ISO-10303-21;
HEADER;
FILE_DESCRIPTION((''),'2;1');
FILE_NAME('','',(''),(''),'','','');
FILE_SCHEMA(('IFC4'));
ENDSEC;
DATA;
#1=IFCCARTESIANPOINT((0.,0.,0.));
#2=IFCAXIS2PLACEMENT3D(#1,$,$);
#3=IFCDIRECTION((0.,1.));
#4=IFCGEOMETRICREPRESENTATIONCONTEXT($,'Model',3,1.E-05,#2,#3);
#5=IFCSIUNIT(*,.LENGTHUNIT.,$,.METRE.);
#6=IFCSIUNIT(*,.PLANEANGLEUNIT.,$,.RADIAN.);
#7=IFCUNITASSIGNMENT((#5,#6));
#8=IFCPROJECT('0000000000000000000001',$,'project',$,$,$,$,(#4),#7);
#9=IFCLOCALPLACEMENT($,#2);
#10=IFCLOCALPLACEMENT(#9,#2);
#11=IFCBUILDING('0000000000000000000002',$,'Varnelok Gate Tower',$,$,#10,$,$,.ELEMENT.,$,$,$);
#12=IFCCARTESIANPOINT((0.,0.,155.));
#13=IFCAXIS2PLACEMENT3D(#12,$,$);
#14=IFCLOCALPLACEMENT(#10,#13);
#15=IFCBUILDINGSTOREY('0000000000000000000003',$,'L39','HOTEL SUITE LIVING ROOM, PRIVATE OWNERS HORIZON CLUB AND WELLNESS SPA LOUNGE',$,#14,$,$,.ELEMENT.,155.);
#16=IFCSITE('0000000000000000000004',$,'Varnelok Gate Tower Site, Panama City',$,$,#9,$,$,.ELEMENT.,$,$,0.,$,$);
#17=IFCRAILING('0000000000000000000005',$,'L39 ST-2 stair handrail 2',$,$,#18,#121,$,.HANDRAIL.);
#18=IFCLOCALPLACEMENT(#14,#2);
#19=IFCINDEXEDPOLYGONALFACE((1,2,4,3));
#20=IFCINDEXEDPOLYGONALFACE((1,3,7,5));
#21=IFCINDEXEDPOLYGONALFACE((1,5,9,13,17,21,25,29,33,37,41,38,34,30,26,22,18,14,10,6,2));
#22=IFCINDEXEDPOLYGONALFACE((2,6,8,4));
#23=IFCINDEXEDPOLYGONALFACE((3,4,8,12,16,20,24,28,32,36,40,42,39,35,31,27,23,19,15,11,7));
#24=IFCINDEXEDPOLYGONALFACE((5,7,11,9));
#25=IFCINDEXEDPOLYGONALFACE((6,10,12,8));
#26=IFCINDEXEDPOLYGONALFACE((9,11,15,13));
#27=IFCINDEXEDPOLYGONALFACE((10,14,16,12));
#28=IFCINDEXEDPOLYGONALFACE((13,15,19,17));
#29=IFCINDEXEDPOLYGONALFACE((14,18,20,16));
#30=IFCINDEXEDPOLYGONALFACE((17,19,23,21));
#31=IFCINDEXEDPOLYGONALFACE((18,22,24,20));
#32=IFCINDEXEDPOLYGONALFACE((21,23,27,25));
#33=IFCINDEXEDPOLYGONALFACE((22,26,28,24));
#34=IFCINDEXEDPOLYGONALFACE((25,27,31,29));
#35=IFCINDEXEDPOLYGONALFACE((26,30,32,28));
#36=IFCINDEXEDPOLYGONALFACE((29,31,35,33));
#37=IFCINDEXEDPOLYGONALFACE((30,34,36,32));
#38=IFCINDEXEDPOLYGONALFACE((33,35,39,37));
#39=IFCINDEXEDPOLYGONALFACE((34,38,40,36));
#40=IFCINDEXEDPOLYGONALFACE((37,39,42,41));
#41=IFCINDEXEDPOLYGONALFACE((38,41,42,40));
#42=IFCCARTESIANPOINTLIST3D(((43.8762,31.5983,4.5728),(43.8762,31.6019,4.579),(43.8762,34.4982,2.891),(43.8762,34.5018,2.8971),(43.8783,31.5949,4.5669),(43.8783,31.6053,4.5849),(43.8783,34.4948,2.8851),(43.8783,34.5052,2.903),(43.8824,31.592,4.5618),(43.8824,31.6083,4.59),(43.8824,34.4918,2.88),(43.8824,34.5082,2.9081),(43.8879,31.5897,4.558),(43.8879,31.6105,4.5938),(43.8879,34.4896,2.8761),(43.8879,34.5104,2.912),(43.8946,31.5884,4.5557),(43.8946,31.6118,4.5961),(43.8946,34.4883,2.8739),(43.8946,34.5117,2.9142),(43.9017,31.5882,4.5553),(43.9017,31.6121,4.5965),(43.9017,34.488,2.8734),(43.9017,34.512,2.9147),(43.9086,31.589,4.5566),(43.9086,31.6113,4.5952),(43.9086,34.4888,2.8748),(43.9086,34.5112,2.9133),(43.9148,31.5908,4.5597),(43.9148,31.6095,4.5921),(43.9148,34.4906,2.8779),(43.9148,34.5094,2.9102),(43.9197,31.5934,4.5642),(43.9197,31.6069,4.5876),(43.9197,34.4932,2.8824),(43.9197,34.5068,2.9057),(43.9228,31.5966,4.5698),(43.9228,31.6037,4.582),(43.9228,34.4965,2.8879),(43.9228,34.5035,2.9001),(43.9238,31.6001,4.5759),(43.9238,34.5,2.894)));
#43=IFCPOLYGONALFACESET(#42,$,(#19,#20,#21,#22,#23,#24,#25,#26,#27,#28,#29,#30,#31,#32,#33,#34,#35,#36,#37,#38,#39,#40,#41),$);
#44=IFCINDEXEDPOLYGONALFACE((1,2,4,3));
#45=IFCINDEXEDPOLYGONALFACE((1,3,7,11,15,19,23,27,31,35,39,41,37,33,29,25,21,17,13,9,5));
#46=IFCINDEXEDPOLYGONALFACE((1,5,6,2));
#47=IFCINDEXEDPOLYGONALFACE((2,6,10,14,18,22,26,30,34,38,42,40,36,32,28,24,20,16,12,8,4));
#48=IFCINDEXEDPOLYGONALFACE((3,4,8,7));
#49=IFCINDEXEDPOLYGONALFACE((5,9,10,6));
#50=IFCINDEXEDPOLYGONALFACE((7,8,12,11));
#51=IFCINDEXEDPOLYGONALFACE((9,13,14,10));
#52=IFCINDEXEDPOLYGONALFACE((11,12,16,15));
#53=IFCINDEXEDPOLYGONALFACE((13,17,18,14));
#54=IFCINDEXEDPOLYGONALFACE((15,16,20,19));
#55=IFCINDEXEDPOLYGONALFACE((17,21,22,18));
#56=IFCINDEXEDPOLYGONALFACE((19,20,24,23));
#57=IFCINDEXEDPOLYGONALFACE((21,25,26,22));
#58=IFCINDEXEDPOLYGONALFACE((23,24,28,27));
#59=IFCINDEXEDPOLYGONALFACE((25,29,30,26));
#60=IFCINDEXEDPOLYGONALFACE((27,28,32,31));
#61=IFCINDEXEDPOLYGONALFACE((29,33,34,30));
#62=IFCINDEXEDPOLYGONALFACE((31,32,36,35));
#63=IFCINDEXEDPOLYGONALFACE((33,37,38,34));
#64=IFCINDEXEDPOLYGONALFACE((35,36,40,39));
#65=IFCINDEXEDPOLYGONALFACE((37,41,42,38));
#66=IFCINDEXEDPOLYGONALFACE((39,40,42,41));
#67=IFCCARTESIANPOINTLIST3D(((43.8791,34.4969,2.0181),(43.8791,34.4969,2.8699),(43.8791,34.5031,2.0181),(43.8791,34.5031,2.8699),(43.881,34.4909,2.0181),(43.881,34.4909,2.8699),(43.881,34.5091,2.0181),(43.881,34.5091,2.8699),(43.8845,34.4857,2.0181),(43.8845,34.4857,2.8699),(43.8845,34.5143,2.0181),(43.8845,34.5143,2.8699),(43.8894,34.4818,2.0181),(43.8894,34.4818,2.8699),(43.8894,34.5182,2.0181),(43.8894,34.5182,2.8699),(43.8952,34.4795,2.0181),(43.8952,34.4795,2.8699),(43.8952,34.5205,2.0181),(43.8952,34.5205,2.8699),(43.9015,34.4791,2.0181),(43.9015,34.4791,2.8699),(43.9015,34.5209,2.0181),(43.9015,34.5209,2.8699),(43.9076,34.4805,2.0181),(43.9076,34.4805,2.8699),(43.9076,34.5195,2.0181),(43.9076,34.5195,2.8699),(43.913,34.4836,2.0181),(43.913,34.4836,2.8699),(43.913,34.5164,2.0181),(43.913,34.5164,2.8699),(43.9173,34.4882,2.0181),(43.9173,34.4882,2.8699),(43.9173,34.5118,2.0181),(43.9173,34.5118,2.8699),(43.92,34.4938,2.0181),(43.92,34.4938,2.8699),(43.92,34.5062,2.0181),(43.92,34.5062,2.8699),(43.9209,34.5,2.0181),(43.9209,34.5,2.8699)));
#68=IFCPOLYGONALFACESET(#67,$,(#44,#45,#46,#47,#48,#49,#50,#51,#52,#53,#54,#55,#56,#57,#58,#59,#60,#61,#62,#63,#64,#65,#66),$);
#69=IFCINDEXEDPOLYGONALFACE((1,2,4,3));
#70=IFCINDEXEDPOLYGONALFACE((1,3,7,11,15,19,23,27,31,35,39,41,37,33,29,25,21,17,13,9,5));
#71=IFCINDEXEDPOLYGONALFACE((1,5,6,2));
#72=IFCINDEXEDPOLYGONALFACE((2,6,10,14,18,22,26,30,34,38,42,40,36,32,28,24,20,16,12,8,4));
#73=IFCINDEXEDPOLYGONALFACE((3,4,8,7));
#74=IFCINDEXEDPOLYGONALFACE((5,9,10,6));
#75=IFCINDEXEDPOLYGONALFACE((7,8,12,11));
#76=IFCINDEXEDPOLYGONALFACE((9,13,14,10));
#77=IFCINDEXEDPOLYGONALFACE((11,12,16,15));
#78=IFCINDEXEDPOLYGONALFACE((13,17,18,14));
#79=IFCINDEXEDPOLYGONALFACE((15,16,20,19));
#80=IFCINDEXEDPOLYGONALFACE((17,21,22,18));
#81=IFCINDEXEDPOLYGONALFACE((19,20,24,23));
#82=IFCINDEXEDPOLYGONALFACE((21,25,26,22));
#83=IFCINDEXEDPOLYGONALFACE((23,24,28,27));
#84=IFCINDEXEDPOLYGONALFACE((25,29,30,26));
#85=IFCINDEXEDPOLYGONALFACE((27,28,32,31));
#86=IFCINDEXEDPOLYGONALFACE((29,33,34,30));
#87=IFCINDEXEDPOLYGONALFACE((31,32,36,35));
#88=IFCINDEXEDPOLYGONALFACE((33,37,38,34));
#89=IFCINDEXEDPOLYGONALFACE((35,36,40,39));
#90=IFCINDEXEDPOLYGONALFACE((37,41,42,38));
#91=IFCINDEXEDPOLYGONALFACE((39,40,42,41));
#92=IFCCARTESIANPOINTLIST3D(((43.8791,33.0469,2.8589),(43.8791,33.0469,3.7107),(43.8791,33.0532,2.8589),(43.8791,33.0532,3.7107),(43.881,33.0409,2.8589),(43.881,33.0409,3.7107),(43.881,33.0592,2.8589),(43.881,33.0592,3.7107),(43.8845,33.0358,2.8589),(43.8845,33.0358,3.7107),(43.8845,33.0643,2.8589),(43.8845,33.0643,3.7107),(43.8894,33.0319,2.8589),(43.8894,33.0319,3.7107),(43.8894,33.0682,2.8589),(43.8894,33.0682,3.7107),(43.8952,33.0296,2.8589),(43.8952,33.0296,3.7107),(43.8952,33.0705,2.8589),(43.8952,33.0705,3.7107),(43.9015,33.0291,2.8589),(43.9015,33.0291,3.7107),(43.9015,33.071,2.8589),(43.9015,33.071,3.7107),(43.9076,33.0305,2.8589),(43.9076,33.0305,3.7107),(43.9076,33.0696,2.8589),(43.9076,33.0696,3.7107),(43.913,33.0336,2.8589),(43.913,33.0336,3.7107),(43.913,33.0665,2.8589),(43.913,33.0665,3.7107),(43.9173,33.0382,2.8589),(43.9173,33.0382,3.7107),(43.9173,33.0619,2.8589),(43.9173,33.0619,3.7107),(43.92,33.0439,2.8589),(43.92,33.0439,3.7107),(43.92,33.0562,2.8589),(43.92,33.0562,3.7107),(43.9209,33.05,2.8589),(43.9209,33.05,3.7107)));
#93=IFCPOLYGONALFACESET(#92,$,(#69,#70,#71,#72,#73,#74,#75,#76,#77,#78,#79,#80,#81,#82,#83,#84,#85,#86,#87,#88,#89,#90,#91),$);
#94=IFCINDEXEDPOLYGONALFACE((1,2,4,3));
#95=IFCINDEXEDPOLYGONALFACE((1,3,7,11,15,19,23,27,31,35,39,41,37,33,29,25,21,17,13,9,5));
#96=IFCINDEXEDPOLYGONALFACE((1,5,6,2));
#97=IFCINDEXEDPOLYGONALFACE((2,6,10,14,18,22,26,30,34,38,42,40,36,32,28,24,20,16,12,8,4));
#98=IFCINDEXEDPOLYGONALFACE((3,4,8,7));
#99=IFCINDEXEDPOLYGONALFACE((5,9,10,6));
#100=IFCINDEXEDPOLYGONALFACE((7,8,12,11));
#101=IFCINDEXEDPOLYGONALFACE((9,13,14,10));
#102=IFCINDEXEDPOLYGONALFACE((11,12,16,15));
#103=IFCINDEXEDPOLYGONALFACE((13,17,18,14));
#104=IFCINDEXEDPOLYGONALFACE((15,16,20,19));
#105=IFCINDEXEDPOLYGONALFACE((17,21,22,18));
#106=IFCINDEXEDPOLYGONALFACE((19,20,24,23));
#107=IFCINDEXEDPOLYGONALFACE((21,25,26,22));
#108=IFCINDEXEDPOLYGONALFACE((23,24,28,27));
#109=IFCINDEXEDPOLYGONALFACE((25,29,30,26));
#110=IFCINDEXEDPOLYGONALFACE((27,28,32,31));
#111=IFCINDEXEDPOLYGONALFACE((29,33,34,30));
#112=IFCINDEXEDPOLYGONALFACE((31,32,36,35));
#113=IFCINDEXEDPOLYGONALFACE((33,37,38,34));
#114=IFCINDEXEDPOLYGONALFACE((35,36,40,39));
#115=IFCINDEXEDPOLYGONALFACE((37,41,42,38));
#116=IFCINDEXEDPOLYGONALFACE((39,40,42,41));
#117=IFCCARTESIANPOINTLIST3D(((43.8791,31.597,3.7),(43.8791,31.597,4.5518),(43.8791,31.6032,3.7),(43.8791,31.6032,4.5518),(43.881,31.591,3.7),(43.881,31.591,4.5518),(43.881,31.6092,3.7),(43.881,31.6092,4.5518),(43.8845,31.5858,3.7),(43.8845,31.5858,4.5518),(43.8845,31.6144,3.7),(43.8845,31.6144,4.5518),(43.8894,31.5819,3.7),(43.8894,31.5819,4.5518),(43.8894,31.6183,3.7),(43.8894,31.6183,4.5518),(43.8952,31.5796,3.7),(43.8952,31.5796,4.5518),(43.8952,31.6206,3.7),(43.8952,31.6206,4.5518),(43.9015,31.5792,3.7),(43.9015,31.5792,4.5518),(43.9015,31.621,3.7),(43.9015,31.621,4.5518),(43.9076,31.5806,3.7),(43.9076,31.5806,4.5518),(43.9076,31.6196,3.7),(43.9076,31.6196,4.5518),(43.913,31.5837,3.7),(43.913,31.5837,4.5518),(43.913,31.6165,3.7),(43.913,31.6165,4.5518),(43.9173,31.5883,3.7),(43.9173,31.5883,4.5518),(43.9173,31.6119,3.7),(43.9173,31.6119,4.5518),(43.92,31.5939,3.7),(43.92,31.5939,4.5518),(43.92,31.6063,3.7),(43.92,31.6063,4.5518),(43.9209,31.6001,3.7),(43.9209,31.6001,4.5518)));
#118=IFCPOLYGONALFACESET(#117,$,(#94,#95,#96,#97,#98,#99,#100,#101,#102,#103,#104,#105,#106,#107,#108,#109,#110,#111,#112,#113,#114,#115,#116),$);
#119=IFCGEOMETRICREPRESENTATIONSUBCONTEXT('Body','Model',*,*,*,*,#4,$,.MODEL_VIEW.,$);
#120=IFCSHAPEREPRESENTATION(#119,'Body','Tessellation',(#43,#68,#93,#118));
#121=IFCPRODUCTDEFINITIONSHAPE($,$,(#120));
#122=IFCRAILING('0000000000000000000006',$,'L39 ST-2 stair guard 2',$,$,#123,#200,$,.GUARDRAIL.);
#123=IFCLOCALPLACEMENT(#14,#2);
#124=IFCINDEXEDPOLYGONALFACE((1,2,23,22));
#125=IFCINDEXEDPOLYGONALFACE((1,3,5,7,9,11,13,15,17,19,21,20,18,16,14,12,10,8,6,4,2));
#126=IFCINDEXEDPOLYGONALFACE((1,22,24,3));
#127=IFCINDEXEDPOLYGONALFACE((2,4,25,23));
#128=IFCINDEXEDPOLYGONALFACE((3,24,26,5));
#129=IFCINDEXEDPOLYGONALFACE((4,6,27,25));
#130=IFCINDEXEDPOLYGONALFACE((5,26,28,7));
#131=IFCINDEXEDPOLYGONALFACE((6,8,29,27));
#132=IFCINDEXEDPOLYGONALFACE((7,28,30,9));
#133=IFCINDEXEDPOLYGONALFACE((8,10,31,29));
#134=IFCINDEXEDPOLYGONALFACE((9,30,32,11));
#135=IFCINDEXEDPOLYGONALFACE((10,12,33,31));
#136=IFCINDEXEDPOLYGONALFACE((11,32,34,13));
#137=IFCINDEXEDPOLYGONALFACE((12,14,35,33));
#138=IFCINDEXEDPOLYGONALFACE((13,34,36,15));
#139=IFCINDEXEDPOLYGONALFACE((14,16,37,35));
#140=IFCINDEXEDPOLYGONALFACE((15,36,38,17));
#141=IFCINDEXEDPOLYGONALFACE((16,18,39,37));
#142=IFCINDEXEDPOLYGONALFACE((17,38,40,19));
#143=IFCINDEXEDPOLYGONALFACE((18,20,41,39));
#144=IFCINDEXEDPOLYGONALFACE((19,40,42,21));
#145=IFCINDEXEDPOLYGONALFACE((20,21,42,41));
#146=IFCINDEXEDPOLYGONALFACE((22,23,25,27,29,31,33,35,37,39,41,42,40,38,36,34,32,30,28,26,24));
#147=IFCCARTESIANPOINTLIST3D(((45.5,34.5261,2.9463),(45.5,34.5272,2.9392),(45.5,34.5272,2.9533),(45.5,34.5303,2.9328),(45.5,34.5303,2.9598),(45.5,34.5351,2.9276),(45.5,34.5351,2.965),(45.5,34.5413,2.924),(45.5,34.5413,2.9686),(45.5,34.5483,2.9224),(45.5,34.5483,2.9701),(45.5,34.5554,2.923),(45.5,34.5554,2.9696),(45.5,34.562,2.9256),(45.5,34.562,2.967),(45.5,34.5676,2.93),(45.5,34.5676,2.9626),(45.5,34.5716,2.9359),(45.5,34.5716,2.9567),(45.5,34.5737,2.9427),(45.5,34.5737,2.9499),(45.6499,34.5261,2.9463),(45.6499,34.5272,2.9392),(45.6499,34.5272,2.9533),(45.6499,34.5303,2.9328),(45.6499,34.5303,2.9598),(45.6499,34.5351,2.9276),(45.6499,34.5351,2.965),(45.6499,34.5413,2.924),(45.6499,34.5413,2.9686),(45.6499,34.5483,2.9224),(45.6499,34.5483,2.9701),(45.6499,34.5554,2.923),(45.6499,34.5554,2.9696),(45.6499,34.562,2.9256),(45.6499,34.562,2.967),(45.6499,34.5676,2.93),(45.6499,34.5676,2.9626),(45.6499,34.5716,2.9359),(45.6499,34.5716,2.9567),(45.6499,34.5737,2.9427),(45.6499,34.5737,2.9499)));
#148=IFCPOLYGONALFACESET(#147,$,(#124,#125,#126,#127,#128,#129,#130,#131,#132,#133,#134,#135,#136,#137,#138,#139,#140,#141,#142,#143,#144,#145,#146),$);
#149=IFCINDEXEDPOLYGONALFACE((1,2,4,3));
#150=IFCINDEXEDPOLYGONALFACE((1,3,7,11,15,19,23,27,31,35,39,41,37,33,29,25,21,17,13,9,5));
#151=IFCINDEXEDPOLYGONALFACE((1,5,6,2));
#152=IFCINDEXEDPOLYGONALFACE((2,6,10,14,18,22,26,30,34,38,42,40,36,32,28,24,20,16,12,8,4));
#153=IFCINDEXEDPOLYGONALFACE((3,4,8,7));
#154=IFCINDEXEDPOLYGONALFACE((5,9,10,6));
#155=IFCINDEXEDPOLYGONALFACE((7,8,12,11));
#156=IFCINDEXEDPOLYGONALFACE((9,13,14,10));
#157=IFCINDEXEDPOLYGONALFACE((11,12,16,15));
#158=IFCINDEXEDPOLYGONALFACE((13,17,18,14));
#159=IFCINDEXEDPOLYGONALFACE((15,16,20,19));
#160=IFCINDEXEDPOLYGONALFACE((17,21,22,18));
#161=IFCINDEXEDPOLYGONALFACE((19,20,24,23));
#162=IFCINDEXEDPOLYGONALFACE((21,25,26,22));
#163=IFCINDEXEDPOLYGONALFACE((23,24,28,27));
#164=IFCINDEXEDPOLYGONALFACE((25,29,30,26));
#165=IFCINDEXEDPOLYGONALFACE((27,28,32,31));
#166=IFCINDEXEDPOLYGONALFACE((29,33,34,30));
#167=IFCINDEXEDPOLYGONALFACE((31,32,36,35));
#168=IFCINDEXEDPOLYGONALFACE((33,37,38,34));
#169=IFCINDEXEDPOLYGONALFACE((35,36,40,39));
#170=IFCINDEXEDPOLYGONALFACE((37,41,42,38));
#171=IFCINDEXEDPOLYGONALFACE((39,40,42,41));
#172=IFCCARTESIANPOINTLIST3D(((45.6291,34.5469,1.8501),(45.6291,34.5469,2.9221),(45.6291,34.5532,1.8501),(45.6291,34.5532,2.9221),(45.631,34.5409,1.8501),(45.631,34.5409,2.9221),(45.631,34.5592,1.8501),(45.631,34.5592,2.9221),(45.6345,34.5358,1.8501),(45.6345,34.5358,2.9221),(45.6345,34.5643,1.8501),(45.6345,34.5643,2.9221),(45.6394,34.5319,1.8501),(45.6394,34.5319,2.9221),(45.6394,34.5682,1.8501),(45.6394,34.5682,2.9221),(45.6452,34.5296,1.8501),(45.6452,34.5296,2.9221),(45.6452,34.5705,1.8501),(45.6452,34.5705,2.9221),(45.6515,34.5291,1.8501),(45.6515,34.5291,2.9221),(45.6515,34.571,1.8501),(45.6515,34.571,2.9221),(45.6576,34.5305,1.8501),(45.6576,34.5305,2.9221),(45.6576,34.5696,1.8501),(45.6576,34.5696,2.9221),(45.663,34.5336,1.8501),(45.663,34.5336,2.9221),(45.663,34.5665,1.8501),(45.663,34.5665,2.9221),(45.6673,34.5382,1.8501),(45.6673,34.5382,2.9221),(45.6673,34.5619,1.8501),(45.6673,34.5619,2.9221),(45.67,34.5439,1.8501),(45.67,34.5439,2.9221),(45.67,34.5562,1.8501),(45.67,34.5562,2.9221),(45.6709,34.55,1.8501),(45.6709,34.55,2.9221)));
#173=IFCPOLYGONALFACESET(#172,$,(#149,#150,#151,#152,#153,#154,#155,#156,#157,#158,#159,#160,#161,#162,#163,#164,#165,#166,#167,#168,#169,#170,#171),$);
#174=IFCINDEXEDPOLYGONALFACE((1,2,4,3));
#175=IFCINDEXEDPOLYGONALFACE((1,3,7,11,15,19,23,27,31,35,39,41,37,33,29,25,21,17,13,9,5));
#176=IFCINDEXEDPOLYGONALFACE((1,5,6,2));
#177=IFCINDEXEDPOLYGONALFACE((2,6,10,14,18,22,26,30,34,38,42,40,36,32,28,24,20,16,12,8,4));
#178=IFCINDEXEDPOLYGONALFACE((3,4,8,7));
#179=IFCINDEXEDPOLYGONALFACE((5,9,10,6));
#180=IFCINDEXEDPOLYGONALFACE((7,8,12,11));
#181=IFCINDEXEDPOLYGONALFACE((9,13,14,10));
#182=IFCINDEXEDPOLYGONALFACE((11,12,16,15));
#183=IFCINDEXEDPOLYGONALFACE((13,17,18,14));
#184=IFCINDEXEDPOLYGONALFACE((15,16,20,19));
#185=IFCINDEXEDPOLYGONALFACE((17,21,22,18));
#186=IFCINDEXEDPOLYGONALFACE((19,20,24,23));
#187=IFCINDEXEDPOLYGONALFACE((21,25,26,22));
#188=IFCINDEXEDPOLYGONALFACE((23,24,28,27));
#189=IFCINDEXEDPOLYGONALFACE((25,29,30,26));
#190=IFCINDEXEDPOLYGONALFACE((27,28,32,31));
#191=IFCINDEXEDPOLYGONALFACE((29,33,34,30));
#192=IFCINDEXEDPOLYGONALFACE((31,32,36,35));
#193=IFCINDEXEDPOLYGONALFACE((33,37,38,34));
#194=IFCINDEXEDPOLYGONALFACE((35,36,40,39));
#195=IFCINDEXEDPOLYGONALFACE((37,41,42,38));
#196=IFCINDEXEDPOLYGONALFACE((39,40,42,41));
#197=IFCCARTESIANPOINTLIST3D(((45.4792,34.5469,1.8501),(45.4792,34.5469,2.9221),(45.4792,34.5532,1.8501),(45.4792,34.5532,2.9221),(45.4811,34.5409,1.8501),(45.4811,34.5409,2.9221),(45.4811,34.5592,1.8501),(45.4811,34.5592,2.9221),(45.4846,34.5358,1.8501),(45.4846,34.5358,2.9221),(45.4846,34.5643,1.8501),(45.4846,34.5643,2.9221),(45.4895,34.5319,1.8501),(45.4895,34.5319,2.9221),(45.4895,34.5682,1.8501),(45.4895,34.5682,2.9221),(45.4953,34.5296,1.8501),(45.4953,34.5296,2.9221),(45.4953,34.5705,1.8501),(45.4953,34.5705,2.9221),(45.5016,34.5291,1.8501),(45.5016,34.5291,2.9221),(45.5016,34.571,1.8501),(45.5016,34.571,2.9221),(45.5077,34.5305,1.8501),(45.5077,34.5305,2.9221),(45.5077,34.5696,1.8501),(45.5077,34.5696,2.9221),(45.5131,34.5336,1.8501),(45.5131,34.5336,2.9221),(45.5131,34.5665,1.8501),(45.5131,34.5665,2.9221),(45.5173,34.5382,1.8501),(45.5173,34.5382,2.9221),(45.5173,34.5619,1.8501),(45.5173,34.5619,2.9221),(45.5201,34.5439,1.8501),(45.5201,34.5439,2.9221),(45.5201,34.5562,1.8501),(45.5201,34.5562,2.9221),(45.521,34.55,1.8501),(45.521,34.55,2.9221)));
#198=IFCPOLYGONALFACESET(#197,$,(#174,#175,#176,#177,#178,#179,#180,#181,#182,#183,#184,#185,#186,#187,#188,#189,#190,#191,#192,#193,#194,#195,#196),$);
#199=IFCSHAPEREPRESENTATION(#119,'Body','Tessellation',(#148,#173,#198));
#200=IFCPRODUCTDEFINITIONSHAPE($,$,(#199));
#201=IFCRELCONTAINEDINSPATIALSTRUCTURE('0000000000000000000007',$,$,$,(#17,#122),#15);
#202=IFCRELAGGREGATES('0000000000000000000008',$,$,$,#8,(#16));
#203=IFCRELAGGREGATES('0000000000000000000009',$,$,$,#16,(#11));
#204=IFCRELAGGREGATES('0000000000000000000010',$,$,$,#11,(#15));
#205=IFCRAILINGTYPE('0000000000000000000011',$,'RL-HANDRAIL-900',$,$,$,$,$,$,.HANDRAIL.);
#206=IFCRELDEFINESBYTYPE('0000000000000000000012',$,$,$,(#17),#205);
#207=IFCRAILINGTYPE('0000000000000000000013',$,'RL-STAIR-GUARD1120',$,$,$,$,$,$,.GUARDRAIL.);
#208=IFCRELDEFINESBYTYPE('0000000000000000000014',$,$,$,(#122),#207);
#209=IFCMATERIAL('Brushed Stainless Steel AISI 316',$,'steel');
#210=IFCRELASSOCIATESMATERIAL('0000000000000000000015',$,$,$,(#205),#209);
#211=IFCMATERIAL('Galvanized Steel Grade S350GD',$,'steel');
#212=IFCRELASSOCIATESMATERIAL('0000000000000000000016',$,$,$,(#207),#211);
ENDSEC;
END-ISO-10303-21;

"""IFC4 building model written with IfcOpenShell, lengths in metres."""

from ifc_helpers import new_model, si_unit, direction, frame, origin, origin_2d, place, context, subcontext, project, spatial, circle, extrude, material, type_object, element, save


model = new_model("IFC4")

# Units and contexts
model_context = context("Model", 3, precision=1e-05, world=origin(), true_north=direction((0.0, 1.0)))
body_context = subcontext(model_context, "Body", "Model", "MODEL_VIEW")
ifc_project = project(units=[si_unit("LENGTHUNIT", "METRE"), si_unit("PLANEANGLEUNIT", "RADIAN")], contexts=[model_context])

# Site, building, storey
site_placement = place(None, origin())
site = spatial("IfcSite", under=ifc_project, at=site_placement, Name="Varnelok Gate Tower Site, Panama City", CompositionType="ELEMENT", RefElevation=0.0)
building_placement = place(site_placement, origin())
building = spatial("IfcBuilding", under=site, at=building_placement, Name="Varnelok Gate Tower", CompositionType="ELEMENT")
storey_placement = place(building_placement, frame((0.0, 0.0, 155.0)))
storey = spatial("IfcBuildingStorey", under=building, at=storey_placement, Name="L39", Description="HOTEL SUITE LIVING ROOM, PRIVATE OWNERS HORIZON CLUB AND WELLNESS SPA LOUNGE", CompositionType="ELEMENT", Elevation=155.0)

# Shared definitions
ifc_material_1 = material(Name="Galvanized Steel Grade S350GD", Category="steel")

# Railings
ifc_material_2 = material(Name="Brushed Stainless Steel AISI 316", Category="steel")
railing_type_1 = type_object("IfcRailingType", Name="RL-HANDRAIL-900", PredefinedType="HANDRAIL", material=ifc_material_2)
railing_1_placement = place(storey_placement, frame((43.8999, 34.5, 2.0181)))
element("IfcRailing", 1, at=railing_1_placement, inside=storey, type_object=railing_type_1, Name="L39 ST-2 stair handrail 2", PredefinedType="HANDRAIL", context=body_context, shape_type="SweptSolid", body=[
    extrude(circle(Radius=0.0239, at=origin_2d()), frame((0.0, 0.0, 0.876), z_axis=(0.0, -0.865039, 0.501705), x_axis=(1.0, 0.0, 0.0)), (0.0, 0.0, 1.0), 3.3523),
    extrude(circle(Radius=0.021, at=origin_2d()), origin(), (0.0, 0.0, 1.0), 0.8518),
    extrude(circle(Radius=0.021, at=origin_2d()), frame((0.0, -1.45, 0.8408)), (0.0, 0.0, 1.0), 0.8518),
    extrude(circle(Radius=0.021, at=origin_2d()), frame((0.0, -2.8999, 1.6819)), (0.0, 0.0, 1.0), 0.8518),
])
railing_type_2 = type_object("IfcRailingType", Name="RL-STAIR-GUARD1120", PredefinedType="GUARDRAIL", material=ifc_material_1)
railing_2_placement = place(storey_placement, frame((45.6499, 34.55, 1.8501)))
element("IfcRailing", 2, at=railing_2_placement, inside=storey, type_object=railing_type_2, Name="L39 ST-2 stair guard 2", PredefinedType="GUARDRAIL", context=body_context, shape_type="SweptSolid", body=[
    extrude(circle(Radius=0.0239, at=origin_2d()), frame((0.0, 0.0, 1.0962), z_axis=(-1.0, 0.0, 0.0), x_axis=(0.0, -1.0, 0.0)), (0.0, 0.0, 1.0), 0.1499),
    extrude(circle(Radius=0.021, at=origin_2d()), origin(), (0.0, 0.0, 1.0), 1.072),
    extrude(circle(Radius=0.021, at=origin_2d()), frame((-0.1499, 0.0, 0.0)), (0.0, 0.0, 1.0), 1.072),
])

save(model, "model.ifc")
